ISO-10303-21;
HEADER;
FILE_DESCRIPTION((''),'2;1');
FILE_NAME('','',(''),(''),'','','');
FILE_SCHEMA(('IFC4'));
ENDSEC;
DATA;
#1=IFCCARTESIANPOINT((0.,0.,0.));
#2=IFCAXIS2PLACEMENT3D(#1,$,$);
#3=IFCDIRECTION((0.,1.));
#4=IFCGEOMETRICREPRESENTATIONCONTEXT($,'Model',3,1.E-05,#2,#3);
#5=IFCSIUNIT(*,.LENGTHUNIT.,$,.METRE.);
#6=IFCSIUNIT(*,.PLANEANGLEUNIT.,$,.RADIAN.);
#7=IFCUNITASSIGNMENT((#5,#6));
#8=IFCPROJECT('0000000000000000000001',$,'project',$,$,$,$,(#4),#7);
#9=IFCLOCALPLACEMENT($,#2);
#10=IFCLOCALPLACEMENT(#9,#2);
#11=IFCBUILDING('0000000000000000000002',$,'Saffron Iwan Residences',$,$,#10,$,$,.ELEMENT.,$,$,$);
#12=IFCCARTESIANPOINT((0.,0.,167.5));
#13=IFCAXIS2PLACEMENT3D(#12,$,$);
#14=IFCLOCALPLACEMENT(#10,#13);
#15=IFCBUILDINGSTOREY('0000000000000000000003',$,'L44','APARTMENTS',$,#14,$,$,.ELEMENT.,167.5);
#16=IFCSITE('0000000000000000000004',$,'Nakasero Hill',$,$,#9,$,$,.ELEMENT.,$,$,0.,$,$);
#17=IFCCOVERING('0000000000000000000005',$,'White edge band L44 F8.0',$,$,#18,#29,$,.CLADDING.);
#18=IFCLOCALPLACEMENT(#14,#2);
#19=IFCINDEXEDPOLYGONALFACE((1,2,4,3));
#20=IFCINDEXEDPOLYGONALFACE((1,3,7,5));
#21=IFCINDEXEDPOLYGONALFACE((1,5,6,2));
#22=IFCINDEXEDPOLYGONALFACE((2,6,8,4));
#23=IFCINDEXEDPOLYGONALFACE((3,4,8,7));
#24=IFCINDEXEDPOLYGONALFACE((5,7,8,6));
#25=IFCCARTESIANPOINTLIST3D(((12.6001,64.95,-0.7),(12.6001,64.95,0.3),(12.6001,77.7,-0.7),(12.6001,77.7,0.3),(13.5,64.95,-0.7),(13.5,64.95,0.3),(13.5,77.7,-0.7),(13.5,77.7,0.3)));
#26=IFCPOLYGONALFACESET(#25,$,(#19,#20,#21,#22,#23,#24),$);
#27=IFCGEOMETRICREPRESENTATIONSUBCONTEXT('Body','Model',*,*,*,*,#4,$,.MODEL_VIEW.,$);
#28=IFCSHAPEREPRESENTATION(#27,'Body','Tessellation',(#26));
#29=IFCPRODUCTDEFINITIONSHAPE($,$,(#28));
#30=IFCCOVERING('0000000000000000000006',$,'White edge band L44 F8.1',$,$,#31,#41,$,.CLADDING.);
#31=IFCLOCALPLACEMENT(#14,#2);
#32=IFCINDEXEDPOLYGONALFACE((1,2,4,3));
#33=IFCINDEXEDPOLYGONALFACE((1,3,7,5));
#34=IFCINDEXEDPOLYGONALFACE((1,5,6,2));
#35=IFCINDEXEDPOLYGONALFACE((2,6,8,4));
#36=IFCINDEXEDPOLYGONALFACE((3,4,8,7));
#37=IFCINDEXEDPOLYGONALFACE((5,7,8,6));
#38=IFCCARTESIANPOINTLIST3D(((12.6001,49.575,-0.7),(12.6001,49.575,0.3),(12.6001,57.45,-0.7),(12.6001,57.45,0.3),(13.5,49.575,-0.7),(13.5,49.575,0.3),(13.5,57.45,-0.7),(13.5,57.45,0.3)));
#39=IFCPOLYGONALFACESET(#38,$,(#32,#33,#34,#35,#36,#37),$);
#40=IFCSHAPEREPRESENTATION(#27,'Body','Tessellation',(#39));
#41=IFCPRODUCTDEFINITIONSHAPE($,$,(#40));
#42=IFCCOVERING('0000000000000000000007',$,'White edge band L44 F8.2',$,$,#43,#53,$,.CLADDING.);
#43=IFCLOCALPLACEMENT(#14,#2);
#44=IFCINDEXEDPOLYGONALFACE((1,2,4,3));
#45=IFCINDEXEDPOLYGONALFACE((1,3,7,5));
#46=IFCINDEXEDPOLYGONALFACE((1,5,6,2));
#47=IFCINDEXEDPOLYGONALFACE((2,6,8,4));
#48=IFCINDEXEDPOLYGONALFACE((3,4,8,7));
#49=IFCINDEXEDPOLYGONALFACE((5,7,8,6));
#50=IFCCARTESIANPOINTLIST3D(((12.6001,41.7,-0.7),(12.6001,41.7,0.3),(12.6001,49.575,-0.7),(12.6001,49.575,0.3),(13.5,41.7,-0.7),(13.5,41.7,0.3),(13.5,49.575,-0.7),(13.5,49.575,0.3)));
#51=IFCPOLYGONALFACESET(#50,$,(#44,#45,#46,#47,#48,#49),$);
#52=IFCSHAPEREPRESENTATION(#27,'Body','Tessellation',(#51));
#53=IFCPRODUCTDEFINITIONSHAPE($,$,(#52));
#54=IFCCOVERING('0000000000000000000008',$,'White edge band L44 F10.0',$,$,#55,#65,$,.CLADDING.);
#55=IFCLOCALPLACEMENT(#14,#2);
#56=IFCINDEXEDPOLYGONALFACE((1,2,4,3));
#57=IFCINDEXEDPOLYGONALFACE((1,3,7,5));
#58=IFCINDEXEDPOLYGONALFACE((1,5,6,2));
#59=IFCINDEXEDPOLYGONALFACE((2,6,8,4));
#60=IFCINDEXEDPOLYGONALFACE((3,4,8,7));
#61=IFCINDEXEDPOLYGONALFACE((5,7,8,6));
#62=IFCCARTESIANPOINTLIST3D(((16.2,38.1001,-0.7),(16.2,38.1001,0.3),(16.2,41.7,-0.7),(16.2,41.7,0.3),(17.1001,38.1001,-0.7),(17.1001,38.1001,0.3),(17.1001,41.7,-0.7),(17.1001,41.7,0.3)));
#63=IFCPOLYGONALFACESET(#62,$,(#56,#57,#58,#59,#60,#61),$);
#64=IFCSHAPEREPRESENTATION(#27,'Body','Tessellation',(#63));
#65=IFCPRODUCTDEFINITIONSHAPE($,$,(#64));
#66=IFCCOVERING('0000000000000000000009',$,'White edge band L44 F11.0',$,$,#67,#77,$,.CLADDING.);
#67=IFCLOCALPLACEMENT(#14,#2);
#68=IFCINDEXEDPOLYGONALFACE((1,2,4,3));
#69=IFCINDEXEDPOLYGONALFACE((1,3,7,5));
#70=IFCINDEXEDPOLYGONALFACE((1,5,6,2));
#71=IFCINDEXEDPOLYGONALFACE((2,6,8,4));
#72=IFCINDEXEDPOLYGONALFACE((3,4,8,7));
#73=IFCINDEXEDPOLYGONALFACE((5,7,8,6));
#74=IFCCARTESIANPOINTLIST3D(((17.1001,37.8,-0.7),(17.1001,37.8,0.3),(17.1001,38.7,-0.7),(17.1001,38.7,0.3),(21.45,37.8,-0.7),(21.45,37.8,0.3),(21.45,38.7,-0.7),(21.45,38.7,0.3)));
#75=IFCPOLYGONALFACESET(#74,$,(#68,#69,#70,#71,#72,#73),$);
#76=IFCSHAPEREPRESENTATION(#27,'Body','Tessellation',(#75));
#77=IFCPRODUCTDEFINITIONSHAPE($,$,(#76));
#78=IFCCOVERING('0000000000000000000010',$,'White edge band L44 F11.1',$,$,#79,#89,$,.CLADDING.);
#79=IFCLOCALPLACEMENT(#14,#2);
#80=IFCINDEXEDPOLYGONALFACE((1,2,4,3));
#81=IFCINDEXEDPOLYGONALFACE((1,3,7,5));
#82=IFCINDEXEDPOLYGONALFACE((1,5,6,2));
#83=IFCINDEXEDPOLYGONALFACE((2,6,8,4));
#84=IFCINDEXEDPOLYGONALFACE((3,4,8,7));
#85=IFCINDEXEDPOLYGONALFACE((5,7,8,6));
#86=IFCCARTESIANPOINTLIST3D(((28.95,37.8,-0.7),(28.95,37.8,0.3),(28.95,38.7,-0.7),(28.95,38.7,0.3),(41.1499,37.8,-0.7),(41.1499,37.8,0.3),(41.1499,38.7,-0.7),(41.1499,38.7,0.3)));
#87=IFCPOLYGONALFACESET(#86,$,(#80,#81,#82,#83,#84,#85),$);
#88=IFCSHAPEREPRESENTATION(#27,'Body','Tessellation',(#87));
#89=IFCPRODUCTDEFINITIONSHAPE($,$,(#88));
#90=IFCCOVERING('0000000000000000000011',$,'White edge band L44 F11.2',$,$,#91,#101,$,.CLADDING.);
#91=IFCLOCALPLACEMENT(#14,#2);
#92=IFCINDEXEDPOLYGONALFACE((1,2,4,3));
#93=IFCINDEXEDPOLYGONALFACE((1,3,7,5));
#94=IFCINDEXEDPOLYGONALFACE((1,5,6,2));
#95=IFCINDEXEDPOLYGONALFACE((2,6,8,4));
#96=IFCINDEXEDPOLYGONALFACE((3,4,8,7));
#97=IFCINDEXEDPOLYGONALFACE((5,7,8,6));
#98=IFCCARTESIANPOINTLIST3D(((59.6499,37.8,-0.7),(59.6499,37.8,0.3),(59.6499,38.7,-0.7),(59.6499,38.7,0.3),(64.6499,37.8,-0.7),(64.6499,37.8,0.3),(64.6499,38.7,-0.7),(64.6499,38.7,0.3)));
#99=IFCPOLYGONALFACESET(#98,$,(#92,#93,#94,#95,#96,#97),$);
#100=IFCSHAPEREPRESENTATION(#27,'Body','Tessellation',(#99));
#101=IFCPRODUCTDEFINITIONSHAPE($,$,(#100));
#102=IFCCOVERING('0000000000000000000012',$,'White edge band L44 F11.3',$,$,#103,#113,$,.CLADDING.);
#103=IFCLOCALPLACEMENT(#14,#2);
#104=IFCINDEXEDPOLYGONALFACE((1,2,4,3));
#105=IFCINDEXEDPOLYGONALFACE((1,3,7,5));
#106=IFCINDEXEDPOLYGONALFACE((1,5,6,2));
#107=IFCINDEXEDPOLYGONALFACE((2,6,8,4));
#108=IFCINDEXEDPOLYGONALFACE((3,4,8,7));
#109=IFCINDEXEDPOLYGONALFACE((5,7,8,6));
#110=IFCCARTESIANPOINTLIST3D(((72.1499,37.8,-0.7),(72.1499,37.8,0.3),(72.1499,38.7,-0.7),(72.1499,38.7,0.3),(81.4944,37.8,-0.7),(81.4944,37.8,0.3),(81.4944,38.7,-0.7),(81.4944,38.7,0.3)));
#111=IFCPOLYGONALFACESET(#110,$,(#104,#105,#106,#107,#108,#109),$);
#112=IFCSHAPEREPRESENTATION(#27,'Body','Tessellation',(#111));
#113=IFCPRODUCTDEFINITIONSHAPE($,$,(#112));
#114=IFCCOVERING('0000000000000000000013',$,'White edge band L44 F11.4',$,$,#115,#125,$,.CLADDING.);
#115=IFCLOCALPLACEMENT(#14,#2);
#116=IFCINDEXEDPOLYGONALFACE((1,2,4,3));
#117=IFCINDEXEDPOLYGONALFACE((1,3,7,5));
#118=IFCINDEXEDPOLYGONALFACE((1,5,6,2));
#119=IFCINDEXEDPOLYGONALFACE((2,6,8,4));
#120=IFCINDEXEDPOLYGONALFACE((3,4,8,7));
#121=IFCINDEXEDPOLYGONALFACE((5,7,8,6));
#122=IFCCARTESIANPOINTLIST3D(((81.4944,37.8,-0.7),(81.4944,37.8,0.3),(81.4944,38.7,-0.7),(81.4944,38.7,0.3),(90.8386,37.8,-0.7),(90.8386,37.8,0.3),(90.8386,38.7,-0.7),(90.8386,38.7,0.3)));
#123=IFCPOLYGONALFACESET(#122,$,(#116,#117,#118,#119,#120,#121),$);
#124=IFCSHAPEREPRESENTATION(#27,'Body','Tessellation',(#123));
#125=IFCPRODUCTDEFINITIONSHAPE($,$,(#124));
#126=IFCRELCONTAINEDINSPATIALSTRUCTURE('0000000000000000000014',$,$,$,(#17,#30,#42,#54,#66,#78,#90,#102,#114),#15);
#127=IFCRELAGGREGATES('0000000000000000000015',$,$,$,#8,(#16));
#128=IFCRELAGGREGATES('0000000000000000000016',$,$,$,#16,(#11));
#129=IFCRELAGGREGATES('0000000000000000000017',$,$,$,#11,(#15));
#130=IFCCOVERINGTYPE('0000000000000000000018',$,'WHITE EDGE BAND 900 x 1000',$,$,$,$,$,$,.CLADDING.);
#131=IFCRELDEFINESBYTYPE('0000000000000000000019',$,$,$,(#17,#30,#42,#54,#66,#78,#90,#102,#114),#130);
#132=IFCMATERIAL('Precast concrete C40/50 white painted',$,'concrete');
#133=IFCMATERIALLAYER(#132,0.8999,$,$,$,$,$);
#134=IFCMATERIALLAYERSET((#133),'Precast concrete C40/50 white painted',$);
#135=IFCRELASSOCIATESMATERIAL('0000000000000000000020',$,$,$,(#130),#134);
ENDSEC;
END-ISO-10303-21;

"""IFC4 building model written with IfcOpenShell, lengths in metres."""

from ifc_helpers import new_model, si_unit, direction, frame, origin, place, context, subcontext, project, spatial, polyline, outline, extrude, material, layer, layer_set, type_object, element, save


model = new_model("IFC4")

# Units and contexts
model_context = context("Model", 3, precision=1e-05, world=origin(), true_north=direction((0.0, 1.0)))
body_context = subcontext(model_context, "Body", "Model", "MODEL_VIEW")
ifc_project = project(units=[si_unit("LENGTHUNIT", "METRE"), si_unit("PLANEANGLEUNIT", "RADIAN")], contexts=[model_context])

# Site, building, storey
site_placement = place(None, origin())
site = spatial("IfcSite", under=ifc_project, at=site_placement, Name="Nakasero Hill", CompositionType="ELEMENT", RefElevation=0.0)
building_placement = place(site_placement, origin())
building = spatial("IfcBuilding", under=site, at=building_placement, Name="Saffron Iwan Residences", CompositionType="ELEMENT")
storey_placement = place(building_placement, frame((0.0, 0.0, 167.5)))
storey = spatial("IfcBuildingStorey", under=building, at=storey_placement, Name="L44", Description="APARTMENTS", CompositionType="ELEMENT", Elevation=167.5)

# Coverings
ifc_material = material(Name="Precast concrete C40/50 white painted", Category="concrete")
ifc_layer_1 = layer(ifc_material, 0.8999)
ifc_layer_set_1 = layer_set([ifc_layer_1], Name="Precast concrete C40/50 white painted")
covering_type_1 = type_object("IfcCoveringType", Name="WHITE EDGE BAND 900 x 1000", PredefinedType="CLADDING", material=ifc_layer_set_1)
covering_1_placement = place(storey_placement, frame((0.0, 0.0, -0.7)))
element("IfcCovering", 1, at=covering_1_placement, inside=storey, type_object=covering_type_1, Name="White edge band L44 F8.0", PredefinedType="CLADDING", context=body_context, shape_type="SweptSolid", body=[
    extrude(outline(polyline([(12.6001, 77.7), (12.6001, 64.95), (13.5, 64.95), (13.5, 77.7), (12.6001, 77.7)])), origin(), (0.0, 0.0, 1.0), 1.0),
])
covering_2_placement = place(storey_placement, frame((0.0, 0.0, -0.7)))
element("IfcCovering", 2, at=covering_2_placement, inside=storey, type_object=covering_type_1, Name="White edge band L44 F8.1", PredefinedType="CLADDING", context=body_context, shape_type="SweptSolid", body=[
    extrude(outline(polyline([(12.6001, 57.45), (12.6001, 49.575), (13.5, 49.575), (13.5, 57.45), (12.6001, 57.45)])), origin(), (0.0, 0.0, 1.0), 1.0),
])
covering_3_placement = place(storey_placement, frame((0.0, 0.0, -0.7)))
element("IfcCovering", 3, at=covering_3_placement, inside=storey, type_object=covering_type_1, Name="White edge band L44 F8.2", PredefinedType="CLADDING", context=body_context, shape_type="SweptSolid", body=[
    extrude(outline(polyline([(12.6001, 49.575), (12.6001, 41.7), (13.5, 41.7), (13.5, 49.575), (12.6001, 49.575)])), origin(), (0.0, 0.0, 1.0), 1.0),
])
covering_4_placement = place(storey_placement, frame((0.0, 0.0, -0.7)))
element("IfcCovering", 4, at=covering_4_placement, inside=storey, type_object=covering_type_1, Name="White edge band L44 F10.0", PredefinedType="CLADDING", context=body_context, shape_type="SweptSolid", body=[
    extrude(outline(polyline([(16.2, 41.7), (16.2, 38.1001), (17.1001, 38.1001), (17.1001, 41.7), (16.2, 41.7)])), origin(), (0.0, 0.0, 1.0), 1.0),
])
covering_5_placement = place(storey_placement, frame((0.0, 0.0, -0.7)))
element("IfcCovering", 5, at=covering_5_placement, inside=storey, type_object=covering_type_1, Name="White edge band L44 F11.0", PredefinedType="CLADDING", context=body_context, shape_type="SweptSolid", body=[
    extrude(outline(polyline([(17.1001, 37.8), (21.45, 37.8), (21.45, 38.7), (17.1001, 38.7), (17.1001, 37.8)])), origin(), (0.0, 0.0, 1.0), 1.0),
])
covering_6_placement = place(storey_placement, frame((0.0, 0.0, -0.7)))
element("IfcCovering", 6, at=covering_6_placement, inside=storey, type_object=covering_type_1, Name="White edge band L44 F11.1", PredefinedType="CLADDING", context=body_context, shape_type="SweptSolid", body=[
    extrude(outline(polyline([(28.95, 37.8), (41.1499, 37.8), (41.1499, 38.7), (28.95, 38.7), (28.95, 37.8)])), origin(), (0.0, 0.0, 1.0), 1.0),
])
covering_7_placement = place(storey_placement, frame((0.0, 0.0, -0.7)))
element("IfcCovering", 7, at=covering_7_placement, inside=storey, type_object=covering_type_1, Name="White edge band L44 F11.2", PredefinedType="CLADDING", context=body_context, shape_type="SweptSolid", body=[
    extrude(outline(polyline([(59.6499, 37.8), (64.6499, 37.8), (64.6499, 38.7), (59.6499, 38.7), (59.6499, 37.8)])), origin(), (0.0, 0.0, 1.0), 1.0),
])
covering_8_placement = place(storey_placement, frame((0.0, 0.0, -0.7)))
element("IfcCovering", 8, at=covering_8_placement, inside=storey, type_object=covering_type_1, Name="White edge band L44 F11.3", PredefinedType="CLADDING", context=body_context, shape_type="SweptSolid", body=[
    extrude(outline(polyline([(72.1499, 37.8), (81.4944, 37.8), (81.4944, 38.7), (72.1499, 38.7), (72.1499, 37.8)])), origin(), (0.0, 0.0, 1.0), 1.0),
])
covering_9_placement = place(storey_placement, frame((0.0, 0.0, -0.7)))
element("IfcCovering", 9, at=covering_9_placement, inside=storey, type_object=covering_type_1, Name="White edge band L44 F11.4", PredefinedType="CLADDING", context=body_context, shape_type="SweptSolid", body=[
    extrude(outline(polyline([(81.4944, 37.8), (90.8386, 37.8), (90.8386, 38.7), (81.4944, 38.7), (81.4944, 37.8)])), origin(), (0.0, 0.0, 1.0), 1.0),
])

save(model, "model.ifc")
